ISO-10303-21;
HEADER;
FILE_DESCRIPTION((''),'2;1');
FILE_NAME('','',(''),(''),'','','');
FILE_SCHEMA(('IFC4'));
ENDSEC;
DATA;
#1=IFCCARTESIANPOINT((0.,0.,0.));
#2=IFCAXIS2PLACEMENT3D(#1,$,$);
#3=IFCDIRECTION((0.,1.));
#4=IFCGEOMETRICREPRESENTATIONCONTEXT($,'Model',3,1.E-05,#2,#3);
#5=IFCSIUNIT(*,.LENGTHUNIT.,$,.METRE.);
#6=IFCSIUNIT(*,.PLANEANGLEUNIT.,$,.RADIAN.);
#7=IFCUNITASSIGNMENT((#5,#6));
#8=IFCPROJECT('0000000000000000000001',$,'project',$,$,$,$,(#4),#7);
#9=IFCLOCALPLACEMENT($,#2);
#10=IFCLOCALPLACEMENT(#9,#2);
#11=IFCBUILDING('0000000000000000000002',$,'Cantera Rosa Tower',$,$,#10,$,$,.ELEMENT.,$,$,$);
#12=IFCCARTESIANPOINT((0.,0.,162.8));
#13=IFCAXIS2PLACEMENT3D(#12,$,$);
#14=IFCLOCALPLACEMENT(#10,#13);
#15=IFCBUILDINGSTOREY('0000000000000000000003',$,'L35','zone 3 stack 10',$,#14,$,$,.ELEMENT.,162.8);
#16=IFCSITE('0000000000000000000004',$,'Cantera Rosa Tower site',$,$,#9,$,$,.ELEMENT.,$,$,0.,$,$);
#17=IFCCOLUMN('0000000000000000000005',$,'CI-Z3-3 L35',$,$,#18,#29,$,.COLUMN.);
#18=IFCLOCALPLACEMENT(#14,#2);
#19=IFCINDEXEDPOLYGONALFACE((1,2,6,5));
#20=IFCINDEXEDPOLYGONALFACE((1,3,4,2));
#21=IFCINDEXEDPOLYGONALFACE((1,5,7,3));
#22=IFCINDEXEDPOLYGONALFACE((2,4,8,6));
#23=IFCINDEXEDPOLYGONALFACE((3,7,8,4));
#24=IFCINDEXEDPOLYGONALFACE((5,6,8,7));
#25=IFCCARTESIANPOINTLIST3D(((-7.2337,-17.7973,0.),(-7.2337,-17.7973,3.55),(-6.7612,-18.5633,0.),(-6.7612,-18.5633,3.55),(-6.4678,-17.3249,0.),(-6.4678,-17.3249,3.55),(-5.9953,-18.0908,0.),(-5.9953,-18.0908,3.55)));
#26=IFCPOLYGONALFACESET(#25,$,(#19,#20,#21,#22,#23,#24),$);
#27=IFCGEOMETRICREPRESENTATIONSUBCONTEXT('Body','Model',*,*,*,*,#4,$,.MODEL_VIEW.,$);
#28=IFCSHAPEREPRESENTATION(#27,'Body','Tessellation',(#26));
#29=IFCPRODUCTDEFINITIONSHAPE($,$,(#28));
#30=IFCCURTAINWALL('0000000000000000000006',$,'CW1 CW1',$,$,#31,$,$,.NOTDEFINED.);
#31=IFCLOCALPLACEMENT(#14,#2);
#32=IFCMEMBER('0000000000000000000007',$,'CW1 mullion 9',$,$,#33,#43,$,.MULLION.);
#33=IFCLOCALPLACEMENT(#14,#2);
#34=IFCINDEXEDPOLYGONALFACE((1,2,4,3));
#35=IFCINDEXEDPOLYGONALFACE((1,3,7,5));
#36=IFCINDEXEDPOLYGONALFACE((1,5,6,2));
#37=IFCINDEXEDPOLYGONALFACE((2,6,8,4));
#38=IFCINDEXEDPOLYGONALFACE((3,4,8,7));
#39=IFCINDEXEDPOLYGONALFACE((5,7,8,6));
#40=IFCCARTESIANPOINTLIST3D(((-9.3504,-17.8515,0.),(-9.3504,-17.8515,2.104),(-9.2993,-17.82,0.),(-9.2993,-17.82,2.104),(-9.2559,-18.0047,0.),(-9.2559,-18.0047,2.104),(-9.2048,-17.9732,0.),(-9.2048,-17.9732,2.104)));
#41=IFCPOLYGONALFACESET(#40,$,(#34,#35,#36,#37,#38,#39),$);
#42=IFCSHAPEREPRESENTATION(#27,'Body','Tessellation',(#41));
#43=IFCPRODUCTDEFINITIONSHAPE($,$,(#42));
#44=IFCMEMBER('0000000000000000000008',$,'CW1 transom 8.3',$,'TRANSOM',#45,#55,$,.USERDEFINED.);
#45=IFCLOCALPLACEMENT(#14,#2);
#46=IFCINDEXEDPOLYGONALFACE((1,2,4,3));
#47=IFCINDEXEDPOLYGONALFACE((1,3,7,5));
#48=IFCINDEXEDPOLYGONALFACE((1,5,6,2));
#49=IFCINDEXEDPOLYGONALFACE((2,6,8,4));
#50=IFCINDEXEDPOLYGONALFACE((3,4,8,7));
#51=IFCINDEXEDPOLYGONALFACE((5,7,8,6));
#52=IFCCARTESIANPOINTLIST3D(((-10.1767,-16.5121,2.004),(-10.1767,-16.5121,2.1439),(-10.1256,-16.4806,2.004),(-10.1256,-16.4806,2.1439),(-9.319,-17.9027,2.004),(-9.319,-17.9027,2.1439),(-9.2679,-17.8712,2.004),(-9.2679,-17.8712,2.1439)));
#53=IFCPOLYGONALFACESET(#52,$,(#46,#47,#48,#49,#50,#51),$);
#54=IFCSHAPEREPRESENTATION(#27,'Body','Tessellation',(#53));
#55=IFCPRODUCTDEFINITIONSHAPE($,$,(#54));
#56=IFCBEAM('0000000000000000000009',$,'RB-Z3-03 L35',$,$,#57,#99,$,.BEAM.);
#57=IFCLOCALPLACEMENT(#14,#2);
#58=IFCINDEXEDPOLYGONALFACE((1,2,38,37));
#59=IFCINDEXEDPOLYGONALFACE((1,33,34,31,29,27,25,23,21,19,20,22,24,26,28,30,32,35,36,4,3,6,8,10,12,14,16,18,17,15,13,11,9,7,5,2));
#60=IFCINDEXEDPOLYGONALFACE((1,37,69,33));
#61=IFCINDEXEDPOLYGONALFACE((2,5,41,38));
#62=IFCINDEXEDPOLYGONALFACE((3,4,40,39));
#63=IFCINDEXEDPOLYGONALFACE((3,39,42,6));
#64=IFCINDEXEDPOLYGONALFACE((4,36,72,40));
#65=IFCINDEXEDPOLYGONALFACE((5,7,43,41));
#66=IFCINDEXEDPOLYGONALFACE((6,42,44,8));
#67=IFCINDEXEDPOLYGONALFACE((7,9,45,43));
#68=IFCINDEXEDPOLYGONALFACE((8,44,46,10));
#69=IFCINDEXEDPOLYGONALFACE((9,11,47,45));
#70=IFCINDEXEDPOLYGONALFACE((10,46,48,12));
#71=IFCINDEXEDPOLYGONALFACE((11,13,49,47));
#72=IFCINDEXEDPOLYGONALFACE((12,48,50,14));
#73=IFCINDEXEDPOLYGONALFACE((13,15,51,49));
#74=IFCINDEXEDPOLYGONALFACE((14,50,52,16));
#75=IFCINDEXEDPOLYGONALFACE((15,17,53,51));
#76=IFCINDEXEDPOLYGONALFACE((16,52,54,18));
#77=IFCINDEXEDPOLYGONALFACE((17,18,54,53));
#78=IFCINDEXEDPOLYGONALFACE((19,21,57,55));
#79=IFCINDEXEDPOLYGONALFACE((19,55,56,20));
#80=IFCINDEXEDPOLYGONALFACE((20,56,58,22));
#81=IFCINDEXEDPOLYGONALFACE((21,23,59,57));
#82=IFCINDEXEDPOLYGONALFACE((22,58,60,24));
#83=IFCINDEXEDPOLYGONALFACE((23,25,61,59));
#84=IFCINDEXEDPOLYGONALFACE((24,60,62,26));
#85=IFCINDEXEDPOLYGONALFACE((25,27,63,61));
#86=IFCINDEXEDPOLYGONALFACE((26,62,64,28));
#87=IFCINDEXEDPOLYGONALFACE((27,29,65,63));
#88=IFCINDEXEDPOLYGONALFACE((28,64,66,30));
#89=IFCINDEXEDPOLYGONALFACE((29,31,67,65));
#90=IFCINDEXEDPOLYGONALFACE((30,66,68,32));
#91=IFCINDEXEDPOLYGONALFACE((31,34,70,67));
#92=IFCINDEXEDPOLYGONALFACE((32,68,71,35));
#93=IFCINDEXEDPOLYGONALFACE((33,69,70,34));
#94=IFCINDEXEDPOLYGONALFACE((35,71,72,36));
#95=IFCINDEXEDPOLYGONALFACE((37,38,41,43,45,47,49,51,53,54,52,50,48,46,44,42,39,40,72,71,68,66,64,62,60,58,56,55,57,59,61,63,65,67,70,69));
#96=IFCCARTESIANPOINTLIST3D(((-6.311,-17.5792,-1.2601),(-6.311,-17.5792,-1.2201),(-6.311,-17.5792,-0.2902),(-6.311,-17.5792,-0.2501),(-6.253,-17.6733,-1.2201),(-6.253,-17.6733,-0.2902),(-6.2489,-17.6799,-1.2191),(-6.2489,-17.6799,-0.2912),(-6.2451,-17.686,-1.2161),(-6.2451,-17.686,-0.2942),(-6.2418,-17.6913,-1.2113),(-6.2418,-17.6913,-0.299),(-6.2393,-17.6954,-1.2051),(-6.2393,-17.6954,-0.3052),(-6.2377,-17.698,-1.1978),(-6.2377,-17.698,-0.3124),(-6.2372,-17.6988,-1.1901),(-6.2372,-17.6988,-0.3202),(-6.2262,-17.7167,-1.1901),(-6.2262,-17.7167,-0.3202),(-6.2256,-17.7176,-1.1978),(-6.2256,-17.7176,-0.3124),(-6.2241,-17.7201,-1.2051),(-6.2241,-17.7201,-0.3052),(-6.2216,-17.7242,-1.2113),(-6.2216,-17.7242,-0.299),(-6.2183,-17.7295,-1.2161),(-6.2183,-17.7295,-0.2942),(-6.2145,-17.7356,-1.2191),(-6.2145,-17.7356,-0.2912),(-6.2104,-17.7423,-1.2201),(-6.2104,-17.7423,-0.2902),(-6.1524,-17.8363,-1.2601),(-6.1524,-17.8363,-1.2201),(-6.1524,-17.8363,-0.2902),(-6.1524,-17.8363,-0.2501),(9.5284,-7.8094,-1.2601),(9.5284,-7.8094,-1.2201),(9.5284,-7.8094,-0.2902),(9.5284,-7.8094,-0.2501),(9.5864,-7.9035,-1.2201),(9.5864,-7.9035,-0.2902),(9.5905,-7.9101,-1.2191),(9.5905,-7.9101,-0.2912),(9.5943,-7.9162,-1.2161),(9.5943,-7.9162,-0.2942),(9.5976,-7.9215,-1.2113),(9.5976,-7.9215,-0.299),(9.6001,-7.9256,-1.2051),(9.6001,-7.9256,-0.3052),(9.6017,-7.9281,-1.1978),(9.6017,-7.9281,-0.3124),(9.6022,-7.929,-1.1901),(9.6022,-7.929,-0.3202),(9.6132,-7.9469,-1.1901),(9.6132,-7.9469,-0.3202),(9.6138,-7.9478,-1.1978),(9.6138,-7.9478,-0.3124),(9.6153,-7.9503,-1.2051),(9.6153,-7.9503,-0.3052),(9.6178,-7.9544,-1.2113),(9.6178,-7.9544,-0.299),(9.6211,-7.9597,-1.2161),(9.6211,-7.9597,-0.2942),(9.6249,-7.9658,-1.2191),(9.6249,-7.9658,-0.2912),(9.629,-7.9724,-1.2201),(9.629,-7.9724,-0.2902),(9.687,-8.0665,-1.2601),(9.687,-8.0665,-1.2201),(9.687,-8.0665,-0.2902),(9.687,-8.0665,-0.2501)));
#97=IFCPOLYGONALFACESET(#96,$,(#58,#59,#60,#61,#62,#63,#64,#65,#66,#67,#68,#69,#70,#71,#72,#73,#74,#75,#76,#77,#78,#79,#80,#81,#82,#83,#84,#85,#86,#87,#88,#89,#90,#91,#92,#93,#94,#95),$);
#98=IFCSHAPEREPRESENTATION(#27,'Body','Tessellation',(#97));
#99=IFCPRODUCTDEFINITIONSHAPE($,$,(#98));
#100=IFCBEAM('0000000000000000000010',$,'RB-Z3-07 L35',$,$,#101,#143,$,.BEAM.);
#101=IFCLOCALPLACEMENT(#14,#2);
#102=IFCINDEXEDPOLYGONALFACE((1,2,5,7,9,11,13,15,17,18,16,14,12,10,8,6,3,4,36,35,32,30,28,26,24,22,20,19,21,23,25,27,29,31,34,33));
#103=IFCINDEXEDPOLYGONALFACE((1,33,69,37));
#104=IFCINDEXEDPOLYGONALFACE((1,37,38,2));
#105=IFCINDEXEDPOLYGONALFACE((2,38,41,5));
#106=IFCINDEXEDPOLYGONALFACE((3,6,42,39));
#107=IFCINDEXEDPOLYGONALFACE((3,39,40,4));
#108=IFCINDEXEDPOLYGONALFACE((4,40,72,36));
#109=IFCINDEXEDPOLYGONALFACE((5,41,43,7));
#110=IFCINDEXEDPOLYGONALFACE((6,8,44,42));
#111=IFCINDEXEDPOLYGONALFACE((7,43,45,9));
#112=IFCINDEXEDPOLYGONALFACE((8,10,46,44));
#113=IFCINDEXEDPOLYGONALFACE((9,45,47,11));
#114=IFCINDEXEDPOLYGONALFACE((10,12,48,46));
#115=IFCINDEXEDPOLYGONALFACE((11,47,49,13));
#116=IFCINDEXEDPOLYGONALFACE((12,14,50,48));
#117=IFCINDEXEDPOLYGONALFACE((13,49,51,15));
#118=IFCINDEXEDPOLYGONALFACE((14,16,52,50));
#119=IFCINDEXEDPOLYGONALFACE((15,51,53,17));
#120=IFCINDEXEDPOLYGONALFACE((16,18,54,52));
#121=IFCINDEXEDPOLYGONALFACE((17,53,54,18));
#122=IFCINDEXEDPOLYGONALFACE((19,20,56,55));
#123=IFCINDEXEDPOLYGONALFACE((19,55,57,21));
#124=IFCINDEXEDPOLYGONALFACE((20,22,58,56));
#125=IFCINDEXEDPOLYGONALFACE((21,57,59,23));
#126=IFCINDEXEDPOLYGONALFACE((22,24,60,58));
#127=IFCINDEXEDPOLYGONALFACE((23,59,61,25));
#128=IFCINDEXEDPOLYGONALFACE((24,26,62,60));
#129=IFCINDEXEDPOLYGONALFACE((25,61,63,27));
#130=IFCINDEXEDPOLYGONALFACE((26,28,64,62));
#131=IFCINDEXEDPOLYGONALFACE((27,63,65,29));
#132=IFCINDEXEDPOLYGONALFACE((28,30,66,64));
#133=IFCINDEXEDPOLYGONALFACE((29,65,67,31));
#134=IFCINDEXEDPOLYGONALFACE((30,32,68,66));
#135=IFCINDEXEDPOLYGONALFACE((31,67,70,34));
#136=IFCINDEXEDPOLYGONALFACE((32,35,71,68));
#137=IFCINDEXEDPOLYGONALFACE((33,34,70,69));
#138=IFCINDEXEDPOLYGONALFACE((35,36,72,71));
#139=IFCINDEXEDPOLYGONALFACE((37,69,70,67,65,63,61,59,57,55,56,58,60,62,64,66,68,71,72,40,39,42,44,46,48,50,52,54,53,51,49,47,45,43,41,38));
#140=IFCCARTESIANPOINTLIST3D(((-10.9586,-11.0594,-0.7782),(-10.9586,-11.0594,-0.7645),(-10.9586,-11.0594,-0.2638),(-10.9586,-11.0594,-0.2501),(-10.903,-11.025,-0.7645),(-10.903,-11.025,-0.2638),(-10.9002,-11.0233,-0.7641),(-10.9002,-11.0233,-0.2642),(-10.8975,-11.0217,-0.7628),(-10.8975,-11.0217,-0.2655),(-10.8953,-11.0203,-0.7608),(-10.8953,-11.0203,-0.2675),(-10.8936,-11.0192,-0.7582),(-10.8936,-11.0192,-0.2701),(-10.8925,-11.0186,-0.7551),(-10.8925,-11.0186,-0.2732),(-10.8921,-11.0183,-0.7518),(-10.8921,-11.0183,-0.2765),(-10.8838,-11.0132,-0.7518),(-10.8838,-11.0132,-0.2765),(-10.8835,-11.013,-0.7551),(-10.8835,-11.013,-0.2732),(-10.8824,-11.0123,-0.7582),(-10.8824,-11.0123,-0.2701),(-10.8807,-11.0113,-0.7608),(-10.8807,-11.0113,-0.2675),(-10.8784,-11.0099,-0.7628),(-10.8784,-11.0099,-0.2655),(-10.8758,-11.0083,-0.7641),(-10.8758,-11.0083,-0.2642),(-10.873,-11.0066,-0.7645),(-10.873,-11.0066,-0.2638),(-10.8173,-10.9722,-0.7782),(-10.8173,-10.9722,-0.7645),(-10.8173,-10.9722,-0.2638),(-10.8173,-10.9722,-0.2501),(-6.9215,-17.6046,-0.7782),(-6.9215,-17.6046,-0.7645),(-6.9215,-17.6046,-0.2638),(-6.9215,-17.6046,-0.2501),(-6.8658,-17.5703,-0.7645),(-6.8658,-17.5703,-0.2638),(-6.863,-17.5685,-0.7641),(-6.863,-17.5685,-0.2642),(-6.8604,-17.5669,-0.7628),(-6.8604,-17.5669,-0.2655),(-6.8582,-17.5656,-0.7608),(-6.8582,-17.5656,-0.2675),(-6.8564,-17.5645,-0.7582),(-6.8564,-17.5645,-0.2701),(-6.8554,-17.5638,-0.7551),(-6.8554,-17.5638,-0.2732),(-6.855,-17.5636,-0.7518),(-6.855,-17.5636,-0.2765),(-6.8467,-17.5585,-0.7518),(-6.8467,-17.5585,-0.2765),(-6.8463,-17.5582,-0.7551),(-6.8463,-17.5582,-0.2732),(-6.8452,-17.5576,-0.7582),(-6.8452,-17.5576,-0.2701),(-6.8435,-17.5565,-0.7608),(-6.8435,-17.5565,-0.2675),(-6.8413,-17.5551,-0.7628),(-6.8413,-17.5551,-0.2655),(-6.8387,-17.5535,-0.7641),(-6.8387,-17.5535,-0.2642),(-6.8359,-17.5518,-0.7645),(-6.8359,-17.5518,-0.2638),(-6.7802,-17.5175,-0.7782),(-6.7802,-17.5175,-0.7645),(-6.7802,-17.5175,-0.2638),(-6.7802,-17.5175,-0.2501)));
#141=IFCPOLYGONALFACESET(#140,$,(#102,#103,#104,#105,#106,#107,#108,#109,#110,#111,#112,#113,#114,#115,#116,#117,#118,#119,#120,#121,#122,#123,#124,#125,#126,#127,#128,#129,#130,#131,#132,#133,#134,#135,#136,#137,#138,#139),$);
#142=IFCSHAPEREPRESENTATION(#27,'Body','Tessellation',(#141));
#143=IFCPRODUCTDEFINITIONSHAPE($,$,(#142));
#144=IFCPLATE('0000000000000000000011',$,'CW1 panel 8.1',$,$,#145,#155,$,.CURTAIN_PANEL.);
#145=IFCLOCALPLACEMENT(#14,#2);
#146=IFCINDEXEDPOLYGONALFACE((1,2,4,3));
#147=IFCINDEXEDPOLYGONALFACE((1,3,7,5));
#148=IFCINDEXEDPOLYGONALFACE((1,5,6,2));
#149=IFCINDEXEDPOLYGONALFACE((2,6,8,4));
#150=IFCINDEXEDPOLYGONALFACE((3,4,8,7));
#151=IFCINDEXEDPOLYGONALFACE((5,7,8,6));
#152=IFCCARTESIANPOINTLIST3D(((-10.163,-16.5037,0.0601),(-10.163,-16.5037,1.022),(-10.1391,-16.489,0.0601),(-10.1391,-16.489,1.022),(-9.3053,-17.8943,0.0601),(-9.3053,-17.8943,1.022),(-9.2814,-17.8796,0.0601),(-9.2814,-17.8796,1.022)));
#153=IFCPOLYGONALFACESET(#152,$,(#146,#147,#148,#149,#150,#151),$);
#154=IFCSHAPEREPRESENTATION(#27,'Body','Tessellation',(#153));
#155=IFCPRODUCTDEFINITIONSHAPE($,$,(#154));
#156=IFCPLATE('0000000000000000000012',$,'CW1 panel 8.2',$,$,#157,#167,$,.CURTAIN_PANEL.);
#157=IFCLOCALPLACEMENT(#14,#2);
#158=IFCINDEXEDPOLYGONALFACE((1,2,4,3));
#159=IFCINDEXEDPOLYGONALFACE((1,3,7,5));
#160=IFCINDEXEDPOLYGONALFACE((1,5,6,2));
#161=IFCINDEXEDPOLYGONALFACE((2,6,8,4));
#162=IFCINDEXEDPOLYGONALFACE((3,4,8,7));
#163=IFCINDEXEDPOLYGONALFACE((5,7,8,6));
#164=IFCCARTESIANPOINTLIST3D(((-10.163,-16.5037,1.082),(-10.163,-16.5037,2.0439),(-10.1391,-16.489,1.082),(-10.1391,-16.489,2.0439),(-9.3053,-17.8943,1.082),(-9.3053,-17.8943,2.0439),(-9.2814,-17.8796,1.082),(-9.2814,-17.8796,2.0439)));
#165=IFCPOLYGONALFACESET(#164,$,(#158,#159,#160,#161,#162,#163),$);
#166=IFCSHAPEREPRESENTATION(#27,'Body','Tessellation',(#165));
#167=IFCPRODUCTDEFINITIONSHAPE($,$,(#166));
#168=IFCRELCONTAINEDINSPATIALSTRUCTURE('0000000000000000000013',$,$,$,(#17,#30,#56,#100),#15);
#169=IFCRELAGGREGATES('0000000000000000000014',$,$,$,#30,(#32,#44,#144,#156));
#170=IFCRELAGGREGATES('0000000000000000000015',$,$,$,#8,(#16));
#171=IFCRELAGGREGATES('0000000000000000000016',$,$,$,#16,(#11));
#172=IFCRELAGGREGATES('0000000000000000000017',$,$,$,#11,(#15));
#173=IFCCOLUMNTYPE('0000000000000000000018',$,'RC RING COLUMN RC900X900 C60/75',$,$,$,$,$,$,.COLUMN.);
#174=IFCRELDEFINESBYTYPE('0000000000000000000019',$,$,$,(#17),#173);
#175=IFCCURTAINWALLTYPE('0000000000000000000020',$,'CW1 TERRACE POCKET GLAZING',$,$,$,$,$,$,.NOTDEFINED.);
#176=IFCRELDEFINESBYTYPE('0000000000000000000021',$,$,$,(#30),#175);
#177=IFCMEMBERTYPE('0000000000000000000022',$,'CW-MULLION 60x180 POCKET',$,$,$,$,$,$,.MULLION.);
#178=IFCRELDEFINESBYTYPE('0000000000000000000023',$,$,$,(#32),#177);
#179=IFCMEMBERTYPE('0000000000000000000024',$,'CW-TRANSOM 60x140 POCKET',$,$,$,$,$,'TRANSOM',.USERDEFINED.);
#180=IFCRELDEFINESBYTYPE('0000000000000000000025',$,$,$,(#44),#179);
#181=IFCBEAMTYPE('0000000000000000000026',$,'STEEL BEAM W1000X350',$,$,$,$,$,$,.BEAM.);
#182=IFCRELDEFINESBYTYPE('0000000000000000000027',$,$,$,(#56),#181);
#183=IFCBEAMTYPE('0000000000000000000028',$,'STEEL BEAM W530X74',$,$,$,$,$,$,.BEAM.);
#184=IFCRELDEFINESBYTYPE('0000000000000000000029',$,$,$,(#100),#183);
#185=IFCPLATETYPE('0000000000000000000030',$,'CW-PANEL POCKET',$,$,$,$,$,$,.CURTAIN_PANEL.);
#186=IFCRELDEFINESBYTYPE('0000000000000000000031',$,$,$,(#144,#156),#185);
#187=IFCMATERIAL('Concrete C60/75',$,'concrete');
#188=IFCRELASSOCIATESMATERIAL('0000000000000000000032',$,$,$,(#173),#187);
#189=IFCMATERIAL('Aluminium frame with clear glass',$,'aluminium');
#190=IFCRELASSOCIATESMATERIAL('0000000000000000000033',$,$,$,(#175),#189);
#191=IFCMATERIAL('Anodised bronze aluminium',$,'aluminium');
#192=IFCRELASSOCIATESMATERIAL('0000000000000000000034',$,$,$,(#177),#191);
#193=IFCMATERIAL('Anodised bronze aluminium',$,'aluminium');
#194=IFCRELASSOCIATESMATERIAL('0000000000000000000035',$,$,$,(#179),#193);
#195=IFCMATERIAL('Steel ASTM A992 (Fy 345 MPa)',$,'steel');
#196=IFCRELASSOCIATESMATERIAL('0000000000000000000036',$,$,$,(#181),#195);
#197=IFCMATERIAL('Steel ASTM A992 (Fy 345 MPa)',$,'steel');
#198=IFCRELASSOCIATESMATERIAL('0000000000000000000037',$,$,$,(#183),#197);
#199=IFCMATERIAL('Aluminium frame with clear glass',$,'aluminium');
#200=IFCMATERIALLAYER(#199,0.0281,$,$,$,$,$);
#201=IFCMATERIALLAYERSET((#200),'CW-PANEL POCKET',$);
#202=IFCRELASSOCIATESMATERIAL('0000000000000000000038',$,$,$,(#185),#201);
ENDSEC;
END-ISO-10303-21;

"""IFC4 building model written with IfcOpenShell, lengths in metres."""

from ifc_helpers import new_model, si_unit, direction, frame, origin, origin_2d, place, context, subcontext, project, spatial, rectangle, i_section, extrude, material, layer, layer_set, material_profile, profile_set, type_object, element, aggregate, save


model = new_model("IFC4")

# Units and contexts
model_context = context("Model", 3, precision=1e-05, world=origin(), true_north=direction((0.0, 1.0)))
body_context = subcontext(model_context, "Body", "Model", "MODEL_VIEW")
ifc_project = project(units=[si_unit("LENGTHUNIT", "METRE"), si_unit("PLANEANGLEUNIT", "RADIAN")], contexts=[model_context])

# Site, building, storey
site_placement = place(None, origin())
site = spatial("IfcSite", under=ifc_project, at=site_placement, Name="Cantera Rosa Tower site", CompositionType="ELEMENT", RefElevation=0.0)
building_placement = place(site_placement, origin())
building = spatial("IfcBuilding", under=site, at=building_placement, Name="Cantera Rosa Tower", CompositionType="ELEMENT")
storey_placement = place(building_placement, frame((0.0, 0.0, 162.8)))
storey = spatial("IfcBuildingStorey", under=building, at=storey_placement, Name="L35", Description="zone 3 stack 10", CompositionType="ELEMENT", Elevation=162.8)

# Column
ifc_material_1 = material(Name="Concrete C60/75", Category="concrete")
ifc_material_profile_1 = material_profile(ifc_material_1, rectangle(XDim=0.8999, YDim=0.8999, at=origin_2d()), Name="RC RING COLUMN RC900X900 C60/75")
ifc_profile_set_1 = profile_set([ifc_material_profile_1], Name="Concrete C60/75")
column_type = type_object("IfcColumnType", Name="RC RING COLUMN RC900X900 C60/75", PredefinedType="COLUMN", material=ifc_profile_set_1)
column_placement = place(storey_placement, frame((-6.6145, -17.9441, 0.0), z_axis=(0.0, 0.0, 1.0), x_axis=(0.851117, 0.524977, 0.0)))
element("IfcColumn", 1, at=column_placement, inside=storey, type_object=column_type, Name="CI-Z3-3 L35", PredefinedType="COLUMN", context=body_context, shape_type="SweptSolid", body=[
    extrude(rectangle(XDim=0.8999, YDim=0.8999, at=origin_2d()), origin(), (0.0, 0.0, 1.0), 3.55),
])

# Curtain wall, members
ifc_material_2 = material(Name="Aluminium frame with clear glass", Category="aluminium")
curtain_wall_type = type_object("IfcCurtainWallType", Name="CW1 TERRACE POCKET GLAZING", PredefinedType="NOTDEFINED", material=ifc_material_2)
curtain_wall_placement = place(storey_placement, origin())
curtain_wall = element("IfcCurtainWall", 2, at=curtain_wall_placement, inside=storey, type_object=curtain_wall_type, Name="CW1 CW1", PredefinedType="NOTDEFINED")
ifc_material_3 = material(Name="Anodised bronze aluminium", Category="aluminium")
ifc_material_profile_2 = material_profile(ifc_material_3, rectangle(XDim=0.0601, YDim=0.1799, at=origin_2d()), Name="CW-MULLION 60x180 POCKET")
ifc_profile_set_2 = profile_set([ifc_material_profile_2], Name="Anodised bronze aluminium")
member_type_1 = type_object("IfcMemberType", Name="CW-MULLION 60x180 POCKET", PredefinedType="MULLION", material=ifc_profile_set_2)
member_1_placement = place(storey_placement, frame((-9.2776, -17.9124, 0.0), z_axis=(0.0, 0.0, 1.0), x_axis=(0.851117, 0.524977, 0.0)))
member_1 = element("IfcMember", 3, at=member_1_placement, type_object=member_type_1, Name="CW1 mullion 9", PredefinedType="MULLION", context=body_context, shape_type="SweptSolid", body=[
    extrude(rectangle(XDim=0.0601, YDim=0.1799, at=origin_2d()), origin(), (0.0, 0.0, 1.0), 2.104),
])
ifc_material_4 = material(Name="Anodised bronze aluminium", Category="aluminium")
ifc_material_profile_3 = material_profile(ifc_material_4, rectangle(XDim=0.0601, YDim=0.1399, at=origin_2d()), Name="CW-TRANSOM 60x140 POCKET")
ifc_profile_set_3 = profile_set([ifc_material_profile_3], Name="Anodised bronze aluminium")
member_type_2 = type_object("IfcMemberType", Name="CW-TRANSOM 60x140 POCKET", ElementType="TRANSOM", PredefinedType="USERDEFINED", material=ifc_profile_set_3)
member_2_placement = place(storey_placement, frame((-10.1511, -16.4963, 2.074), z_axis=(0.524939, -0.85114, 0.0), x_axis=(0.85114, 0.524939, 0.0)))
member_2 = element("IfcMember", 4, at=member_2_placement, type_object=member_type_2, Name="CW1 transom 8.3", ObjectType="TRANSOM", PredefinedType="USERDEFINED", context=body_context, shape_type="SweptSolid", body=[
    extrude(rectangle(XDim=0.0601, YDim=0.1399, at=origin_2d()), origin(), (0.0, 0.0, 1.0), 1.6338),
])

# Beams
ifc_material_5 = material(Name="Steel ASTM A992 (Fy 345 MPa)", Category="steel")
ifc_material_profile_4 = material_profile(ifc_material_5, i_section(OverallWidth=0.302, OverallDepth=1.01, WebThickness=0.021, FlangeThickness=0.04, FilletRadius=0.03, at=origin_2d()), Name="W1000X350")
ifc_profile_set_4 = profile_set([ifc_material_profile_4], Name="Steel ASTM A992 (Fy 345 MPa)")
beam_type_1 = type_object("IfcBeamType", Name="STEEL BEAM W1000X350", PredefinedType="BEAM", material=ifc_profile_set_4)
beam_1_placement = place(storey_placement, frame((-6.2317, -17.7078, -0.7551), z_axis=(0.851119, 0.524973, 0.0), x_axis=(-0.524973, 0.851119, 0.0)))
element("IfcBeam", 5, at=beam_1_placement, inside=storey, type_object=beam_type_1, Name="RB-Z3-03 L35", PredefinedType="BEAM", context=body_context, shape_type="SweptSolid", body=[
    extrude(i_section(OverallWidth=0.302, OverallDepth=1.01, WebThickness=0.021, FlangeThickness=0.04, FilletRadius=0.03, at=origin_2d()), origin(), (0.0, 0.0, 1.0), 18.6101),
])
ifc_material_6 = material(Name="Steel ASTM A992 (Fy 345 MPa)", Category="steel")
ifc_material_profile_5 = material_profile(ifc_material_6, i_section(OverallWidth=0.166, OverallDepth=0.5281, WebThickness=0.0098, FlangeThickness=0.0137, FilletRadius=0.0127, at=origin_2d()), Name="W530X74")
ifc_profile_set_5 = profile_set([ifc_material_profile_5], Name="Steel ASTM A992 (Fy 345 MPa)")
beam_type_2 = type_object("IfcBeamType", Name="STEEL BEAM W530X74", PredefinedType="BEAM", material=ifc_profile_set_5)
beam_2_placement = place(storey_placement, frame((-6.8508, -17.561, -0.5142), z_axis=(-0.524976, 0.851117, 0.0), x_axis=(-0.851117, -0.524976, 0.0)))
element("IfcBeam", 6, at=beam_2_placement, inside=storey, type_object=beam_type_2, Name="RB-Z3-07 L35", PredefinedType="BEAM", context=body_context, shape_type="SweptSolid", body=[
    extrude(i_section(OverallWidth=0.166, OverallDepth=0.5281, WebThickness=0.0098, FlangeThickness=0.0137, FilletRadius=0.0127, at=origin_2d()), origin(), (0.0, 0.0, 1.0), 7.6902),
])

# Plates
ifc_material_7 = material(Name="Aluminium frame with clear glass", Category="aluminium")
ifc_layer_1 = layer(ifc_material_7, 0.0281)
ifc_layer_set_1 = layer_set([ifc_layer_1], Name="CW-PANEL POCKET")
plate_type = type_object("IfcPlateType", Name="CW-PANEL POCKET", PredefinedType="CURTAIN_PANEL", material=ifc_layer_set_1)
plate_1_placement = place(storey_placement, frame((-9.7222, -17.1917, 0.0601), z_axis=(0.0, 0.0, 1.0), x_axis=(0.524977, -0.851117, 0.0)))
plate_1 = element("IfcPlate", 7, at=plate_1_placement, type_object=plate_type, Name="CW1 panel 8.1", PredefinedType="CURTAIN_PANEL", context=body_context, shape_type="SweptSolid", body=[
    extrude(rectangle(XDim=1.6338, YDim=0.0281, at=origin_2d()), origin(), (0.0, 0.0, 1.0), 0.9619),
])
plate_2_placement = place(storey_placement, frame((-9.7222, -17.1917, 1.082), z_axis=(0.0, 0.0, 1.0), x_axis=(0.524977, -0.851117, 0.0)))
plate_2 = element("IfcPlate", 8, at=plate_2_placement, type_object=plate_type, Name="CW1 panel 8.2", PredefinedType="CURTAIN_PANEL", context=body_context, shape_type="SweptSolid", body=[
    extrude(rectangle(XDim=1.6338, YDim=0.0281, at=origin_2d()), origin(), (0.0, 0.0, 1.0), 0.9619),
])
aggregate(curtain_wall, [member_1, member_2, plate_1, plate_2])

save(model, "model.ifc")
